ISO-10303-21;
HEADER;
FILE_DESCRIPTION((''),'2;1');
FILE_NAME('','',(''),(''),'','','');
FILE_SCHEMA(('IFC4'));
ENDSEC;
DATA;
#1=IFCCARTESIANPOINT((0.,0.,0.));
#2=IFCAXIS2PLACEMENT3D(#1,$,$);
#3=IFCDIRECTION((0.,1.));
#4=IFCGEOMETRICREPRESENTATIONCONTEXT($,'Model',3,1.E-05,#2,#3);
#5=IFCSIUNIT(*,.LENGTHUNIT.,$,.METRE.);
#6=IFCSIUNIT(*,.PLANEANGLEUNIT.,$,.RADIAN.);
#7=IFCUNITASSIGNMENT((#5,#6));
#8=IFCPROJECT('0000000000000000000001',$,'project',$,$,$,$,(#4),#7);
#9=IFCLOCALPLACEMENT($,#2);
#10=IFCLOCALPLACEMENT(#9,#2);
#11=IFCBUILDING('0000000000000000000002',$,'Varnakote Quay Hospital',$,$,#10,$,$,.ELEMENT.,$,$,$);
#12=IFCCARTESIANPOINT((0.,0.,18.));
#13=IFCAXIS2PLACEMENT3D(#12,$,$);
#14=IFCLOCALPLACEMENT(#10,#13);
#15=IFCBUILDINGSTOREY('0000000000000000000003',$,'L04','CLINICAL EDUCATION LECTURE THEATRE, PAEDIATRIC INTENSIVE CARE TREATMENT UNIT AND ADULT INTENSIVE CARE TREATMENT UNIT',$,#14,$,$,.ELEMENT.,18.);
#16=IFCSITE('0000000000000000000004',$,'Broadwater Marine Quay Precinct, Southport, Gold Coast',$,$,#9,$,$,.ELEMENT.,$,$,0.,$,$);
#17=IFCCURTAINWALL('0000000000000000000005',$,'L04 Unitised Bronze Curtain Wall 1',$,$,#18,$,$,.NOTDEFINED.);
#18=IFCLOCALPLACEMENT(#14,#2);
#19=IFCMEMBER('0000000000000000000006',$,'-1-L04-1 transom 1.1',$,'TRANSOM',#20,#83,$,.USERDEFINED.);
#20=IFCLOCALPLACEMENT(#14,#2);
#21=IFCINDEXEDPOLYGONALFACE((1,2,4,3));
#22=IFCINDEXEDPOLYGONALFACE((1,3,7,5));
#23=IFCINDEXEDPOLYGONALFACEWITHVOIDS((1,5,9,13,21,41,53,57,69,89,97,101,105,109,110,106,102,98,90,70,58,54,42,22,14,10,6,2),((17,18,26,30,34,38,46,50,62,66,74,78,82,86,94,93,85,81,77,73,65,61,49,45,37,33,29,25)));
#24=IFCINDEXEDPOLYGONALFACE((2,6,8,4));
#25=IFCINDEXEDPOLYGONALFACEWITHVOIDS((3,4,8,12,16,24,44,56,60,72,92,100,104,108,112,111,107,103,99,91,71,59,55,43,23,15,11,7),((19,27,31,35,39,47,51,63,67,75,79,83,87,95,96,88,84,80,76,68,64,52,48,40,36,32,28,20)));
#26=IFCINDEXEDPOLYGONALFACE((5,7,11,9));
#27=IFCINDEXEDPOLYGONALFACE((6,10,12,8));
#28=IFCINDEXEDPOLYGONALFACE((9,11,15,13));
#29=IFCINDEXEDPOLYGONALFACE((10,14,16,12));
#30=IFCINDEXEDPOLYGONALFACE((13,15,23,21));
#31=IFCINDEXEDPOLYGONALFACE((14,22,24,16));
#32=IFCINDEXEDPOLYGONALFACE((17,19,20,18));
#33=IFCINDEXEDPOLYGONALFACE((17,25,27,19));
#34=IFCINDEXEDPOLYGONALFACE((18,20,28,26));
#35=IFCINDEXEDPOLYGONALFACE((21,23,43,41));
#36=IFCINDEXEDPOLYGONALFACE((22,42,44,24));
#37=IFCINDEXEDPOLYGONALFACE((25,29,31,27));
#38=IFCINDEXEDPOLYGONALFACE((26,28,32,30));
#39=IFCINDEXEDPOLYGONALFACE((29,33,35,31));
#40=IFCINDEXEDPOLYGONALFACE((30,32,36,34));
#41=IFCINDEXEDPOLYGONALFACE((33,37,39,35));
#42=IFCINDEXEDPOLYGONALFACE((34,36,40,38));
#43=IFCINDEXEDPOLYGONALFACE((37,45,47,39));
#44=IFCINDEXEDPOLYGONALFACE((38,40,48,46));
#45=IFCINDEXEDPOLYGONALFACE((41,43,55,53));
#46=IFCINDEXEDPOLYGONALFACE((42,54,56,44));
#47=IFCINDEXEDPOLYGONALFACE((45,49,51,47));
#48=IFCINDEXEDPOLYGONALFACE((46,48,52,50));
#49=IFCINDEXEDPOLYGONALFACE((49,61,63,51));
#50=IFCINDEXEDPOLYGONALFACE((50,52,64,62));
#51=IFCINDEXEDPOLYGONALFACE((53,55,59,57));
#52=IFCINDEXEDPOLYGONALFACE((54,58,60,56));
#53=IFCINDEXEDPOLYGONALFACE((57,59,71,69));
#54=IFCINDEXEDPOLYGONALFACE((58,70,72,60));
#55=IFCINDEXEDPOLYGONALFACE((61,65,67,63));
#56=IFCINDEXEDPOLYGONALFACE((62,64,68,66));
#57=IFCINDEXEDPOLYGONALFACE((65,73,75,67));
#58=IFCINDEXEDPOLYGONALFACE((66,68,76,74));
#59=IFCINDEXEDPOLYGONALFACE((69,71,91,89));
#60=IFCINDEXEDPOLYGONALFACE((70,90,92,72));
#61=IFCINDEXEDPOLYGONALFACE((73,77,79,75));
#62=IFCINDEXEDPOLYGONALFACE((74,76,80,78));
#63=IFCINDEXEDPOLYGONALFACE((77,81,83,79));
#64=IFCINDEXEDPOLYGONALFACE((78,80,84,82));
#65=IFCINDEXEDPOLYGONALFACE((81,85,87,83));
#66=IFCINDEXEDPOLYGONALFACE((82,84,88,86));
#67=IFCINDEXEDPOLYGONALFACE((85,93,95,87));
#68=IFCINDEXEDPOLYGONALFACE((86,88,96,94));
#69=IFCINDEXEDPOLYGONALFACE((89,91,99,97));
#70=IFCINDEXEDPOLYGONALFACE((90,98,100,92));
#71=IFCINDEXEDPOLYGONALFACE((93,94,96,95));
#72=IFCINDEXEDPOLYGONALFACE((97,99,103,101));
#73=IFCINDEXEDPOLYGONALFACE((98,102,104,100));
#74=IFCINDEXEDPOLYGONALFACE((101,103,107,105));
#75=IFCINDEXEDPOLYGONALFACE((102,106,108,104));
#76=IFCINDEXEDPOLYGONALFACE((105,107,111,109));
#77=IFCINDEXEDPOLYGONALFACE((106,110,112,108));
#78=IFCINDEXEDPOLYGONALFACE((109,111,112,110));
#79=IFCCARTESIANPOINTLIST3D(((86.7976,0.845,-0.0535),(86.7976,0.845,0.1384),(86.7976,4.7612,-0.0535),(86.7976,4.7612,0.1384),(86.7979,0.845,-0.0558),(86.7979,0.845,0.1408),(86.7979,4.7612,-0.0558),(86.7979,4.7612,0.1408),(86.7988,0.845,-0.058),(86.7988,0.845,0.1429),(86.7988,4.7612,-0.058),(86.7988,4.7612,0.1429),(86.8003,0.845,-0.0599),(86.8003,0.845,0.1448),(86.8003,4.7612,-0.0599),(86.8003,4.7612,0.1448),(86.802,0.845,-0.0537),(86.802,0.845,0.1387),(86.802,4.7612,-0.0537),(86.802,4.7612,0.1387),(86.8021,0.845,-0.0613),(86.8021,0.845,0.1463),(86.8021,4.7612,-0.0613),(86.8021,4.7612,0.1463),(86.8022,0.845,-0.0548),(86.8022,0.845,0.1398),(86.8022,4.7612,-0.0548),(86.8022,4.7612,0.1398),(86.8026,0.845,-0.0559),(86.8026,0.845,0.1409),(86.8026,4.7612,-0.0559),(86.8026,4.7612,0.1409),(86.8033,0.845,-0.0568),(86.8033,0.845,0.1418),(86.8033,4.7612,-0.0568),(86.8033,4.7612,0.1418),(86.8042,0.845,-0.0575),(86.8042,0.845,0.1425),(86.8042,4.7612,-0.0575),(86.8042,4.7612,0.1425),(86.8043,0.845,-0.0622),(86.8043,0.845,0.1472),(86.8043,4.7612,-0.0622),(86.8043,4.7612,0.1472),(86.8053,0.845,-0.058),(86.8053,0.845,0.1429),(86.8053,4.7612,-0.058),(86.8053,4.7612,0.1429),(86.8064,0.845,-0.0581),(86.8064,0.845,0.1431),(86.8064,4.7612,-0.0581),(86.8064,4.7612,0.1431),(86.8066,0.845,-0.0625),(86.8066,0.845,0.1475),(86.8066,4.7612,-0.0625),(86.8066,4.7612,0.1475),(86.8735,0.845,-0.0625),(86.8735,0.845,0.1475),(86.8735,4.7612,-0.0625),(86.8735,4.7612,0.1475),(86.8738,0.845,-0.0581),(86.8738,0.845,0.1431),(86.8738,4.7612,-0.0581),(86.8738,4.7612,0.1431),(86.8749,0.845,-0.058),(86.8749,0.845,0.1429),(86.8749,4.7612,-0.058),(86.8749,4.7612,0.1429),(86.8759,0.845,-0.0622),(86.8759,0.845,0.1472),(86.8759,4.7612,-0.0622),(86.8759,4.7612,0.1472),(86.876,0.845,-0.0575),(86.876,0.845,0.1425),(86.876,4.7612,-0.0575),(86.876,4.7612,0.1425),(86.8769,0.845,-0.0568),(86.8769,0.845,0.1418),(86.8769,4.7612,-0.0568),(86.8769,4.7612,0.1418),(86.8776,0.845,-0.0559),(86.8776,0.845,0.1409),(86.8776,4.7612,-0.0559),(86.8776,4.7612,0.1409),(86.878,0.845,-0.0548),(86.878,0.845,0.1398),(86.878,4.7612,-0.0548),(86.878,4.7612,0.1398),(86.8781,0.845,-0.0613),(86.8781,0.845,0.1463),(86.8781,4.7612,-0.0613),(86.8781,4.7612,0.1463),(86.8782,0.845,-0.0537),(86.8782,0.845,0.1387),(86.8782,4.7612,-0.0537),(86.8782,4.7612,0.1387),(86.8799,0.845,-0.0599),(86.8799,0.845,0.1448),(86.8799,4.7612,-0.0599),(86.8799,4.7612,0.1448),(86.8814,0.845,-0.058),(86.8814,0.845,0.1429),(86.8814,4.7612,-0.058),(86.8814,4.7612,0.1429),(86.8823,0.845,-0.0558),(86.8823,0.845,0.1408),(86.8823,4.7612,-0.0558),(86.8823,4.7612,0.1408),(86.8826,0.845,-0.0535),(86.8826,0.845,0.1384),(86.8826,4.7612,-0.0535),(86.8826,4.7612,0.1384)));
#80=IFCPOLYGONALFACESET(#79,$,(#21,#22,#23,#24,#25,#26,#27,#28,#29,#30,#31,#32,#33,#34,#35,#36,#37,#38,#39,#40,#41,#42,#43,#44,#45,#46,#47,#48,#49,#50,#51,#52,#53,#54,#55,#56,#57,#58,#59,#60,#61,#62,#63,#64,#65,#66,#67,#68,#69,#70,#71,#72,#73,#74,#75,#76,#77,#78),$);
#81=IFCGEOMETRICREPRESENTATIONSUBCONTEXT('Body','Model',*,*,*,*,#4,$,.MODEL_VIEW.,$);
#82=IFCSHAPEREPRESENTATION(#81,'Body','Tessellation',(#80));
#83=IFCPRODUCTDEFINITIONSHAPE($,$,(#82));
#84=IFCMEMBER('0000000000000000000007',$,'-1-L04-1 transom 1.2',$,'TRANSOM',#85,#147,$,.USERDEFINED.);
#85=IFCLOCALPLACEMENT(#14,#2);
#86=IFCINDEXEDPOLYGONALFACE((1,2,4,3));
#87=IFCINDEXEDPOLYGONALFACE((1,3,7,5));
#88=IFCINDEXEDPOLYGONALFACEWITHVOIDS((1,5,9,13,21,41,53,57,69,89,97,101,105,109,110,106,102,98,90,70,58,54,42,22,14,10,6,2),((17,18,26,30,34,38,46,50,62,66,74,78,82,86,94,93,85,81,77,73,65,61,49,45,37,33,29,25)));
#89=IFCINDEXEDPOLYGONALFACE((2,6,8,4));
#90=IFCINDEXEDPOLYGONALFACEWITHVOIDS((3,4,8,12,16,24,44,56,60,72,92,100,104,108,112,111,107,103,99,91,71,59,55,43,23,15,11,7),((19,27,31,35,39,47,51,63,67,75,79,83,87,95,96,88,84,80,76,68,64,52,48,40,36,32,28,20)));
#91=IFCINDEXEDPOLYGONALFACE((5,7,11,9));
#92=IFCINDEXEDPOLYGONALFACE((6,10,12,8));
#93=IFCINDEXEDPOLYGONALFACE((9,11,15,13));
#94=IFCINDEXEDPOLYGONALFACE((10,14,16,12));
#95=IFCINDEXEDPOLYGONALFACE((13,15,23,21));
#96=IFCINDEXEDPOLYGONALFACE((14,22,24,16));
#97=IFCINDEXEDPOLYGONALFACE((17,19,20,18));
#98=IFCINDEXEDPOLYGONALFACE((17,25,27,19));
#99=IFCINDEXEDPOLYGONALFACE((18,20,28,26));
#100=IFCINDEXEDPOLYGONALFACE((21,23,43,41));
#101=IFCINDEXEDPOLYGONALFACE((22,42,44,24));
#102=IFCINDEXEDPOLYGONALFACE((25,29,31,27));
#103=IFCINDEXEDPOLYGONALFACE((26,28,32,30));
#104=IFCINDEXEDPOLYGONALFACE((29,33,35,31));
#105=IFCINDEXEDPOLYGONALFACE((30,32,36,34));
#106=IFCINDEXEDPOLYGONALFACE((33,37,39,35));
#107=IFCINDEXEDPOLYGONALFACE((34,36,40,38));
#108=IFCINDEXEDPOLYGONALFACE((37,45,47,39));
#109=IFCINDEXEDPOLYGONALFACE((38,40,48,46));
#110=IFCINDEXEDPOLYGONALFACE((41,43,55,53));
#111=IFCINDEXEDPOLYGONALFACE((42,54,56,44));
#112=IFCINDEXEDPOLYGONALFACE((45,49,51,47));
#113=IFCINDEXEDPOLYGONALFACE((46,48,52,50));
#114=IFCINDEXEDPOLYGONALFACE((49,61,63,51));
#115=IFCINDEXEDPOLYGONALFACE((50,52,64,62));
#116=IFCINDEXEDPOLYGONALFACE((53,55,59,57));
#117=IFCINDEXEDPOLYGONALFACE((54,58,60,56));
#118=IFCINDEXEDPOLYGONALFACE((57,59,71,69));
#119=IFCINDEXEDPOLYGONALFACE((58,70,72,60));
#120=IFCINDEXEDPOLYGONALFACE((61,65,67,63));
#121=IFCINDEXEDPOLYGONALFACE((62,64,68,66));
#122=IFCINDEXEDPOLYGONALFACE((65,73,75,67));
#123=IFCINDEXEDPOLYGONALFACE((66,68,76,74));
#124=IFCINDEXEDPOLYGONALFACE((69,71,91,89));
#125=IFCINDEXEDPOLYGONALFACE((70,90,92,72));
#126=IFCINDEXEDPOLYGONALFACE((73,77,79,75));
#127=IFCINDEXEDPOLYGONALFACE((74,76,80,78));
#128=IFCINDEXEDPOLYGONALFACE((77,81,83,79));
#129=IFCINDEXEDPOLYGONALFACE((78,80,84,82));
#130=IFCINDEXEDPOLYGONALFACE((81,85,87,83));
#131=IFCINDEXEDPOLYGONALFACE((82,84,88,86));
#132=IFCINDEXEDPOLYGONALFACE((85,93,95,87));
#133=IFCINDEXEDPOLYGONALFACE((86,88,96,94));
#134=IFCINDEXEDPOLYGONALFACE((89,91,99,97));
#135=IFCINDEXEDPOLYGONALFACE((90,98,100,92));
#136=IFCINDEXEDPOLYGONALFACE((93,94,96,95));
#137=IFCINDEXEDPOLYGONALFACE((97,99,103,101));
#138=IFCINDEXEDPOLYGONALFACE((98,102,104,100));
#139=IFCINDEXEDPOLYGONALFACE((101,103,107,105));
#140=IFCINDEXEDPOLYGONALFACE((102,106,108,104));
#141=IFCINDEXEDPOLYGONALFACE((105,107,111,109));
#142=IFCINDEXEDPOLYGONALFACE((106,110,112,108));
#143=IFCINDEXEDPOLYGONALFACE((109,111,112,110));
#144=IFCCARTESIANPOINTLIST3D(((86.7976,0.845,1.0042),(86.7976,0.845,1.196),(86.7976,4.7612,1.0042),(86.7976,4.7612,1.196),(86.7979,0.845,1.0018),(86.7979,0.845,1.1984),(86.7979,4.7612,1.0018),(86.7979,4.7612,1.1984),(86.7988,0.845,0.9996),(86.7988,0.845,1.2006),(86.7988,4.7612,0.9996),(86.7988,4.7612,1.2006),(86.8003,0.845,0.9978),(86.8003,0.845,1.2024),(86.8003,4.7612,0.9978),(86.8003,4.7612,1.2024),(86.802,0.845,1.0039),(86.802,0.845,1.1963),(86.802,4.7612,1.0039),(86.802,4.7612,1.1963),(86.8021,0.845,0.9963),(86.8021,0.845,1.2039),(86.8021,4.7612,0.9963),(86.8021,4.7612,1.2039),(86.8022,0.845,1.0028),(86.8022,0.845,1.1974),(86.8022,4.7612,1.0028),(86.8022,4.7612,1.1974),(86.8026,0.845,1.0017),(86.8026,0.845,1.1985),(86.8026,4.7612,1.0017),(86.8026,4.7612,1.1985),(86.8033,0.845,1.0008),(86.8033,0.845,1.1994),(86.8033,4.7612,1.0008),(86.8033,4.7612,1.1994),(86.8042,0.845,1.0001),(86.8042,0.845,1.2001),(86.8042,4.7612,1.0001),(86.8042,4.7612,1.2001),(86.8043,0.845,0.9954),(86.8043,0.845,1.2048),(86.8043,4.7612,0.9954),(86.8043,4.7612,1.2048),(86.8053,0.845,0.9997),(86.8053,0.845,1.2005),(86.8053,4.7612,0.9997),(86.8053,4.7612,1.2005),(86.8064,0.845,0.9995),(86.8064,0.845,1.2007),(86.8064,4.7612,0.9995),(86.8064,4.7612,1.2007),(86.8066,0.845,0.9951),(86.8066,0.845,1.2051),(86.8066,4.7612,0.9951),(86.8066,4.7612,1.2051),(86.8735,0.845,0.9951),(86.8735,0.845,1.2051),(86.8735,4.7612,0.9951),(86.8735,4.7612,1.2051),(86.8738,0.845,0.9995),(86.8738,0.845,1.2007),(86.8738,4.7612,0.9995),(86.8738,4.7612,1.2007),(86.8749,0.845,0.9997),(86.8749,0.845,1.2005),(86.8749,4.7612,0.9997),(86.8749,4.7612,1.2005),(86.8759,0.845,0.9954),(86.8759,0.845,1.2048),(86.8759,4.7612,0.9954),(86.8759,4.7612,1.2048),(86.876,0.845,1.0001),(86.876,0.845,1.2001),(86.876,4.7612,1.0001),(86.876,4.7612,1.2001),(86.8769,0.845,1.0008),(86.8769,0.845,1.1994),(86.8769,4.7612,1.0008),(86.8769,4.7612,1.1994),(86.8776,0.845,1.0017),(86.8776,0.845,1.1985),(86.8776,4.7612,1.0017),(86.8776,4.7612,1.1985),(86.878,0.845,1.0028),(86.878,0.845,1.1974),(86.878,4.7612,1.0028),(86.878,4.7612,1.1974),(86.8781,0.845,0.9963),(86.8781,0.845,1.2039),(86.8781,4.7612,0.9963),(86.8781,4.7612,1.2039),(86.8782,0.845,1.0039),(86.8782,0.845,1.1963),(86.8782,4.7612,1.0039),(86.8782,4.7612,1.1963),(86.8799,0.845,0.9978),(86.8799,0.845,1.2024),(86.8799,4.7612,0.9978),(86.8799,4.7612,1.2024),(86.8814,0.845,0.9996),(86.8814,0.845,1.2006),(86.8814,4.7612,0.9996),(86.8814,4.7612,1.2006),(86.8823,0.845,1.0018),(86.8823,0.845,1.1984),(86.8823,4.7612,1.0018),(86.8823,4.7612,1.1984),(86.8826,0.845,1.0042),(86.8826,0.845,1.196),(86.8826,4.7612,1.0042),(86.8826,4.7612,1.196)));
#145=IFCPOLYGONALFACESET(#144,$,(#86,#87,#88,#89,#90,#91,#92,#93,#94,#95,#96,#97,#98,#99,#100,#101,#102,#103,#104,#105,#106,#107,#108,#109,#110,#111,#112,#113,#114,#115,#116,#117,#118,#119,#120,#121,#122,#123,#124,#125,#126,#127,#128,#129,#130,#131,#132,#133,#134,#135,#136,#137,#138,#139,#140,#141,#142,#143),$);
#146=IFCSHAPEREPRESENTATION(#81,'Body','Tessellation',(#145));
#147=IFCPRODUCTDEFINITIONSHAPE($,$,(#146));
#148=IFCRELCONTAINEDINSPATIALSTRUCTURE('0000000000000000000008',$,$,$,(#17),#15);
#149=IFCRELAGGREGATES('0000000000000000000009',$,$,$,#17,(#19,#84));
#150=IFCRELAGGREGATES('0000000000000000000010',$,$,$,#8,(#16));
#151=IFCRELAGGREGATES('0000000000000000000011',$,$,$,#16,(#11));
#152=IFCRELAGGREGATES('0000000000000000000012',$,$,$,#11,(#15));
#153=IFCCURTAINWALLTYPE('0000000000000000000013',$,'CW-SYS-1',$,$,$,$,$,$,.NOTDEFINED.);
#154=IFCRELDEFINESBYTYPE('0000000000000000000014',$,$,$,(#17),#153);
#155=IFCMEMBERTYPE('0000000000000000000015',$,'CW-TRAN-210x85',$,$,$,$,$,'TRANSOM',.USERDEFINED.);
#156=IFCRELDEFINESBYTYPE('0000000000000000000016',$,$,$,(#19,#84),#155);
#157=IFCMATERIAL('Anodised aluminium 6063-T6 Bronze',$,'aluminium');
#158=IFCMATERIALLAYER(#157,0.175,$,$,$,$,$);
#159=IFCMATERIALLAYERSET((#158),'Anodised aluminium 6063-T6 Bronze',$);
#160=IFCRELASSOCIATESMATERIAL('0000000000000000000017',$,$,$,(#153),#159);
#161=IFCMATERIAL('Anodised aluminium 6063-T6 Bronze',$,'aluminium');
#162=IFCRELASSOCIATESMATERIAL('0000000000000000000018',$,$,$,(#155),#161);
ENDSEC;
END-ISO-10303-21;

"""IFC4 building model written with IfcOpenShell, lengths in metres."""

from ifc_helpers import new_model, si_unit, direction, frame, origin, origin_2d, place, context, subcontext, project, spatial, hollow_rectangle, extrude, material, layer, layer_set, material_profile, profile_set, type_object, element, aggregate, save


model = new_model("IFC4")

# Units and contexts
model_context = context("Model", 3, precision=1e-05, world=origin(), true_north=direction((0.0, 1.0)))
body_context = subcontext(model_context, "Body", "Model", "MODEL_VIEW")
ifc_project = project(units=[si_unit("LENGTHUNIT", "METRE"), si_unit("PLANEANGLEUNIT", "RADIAN")], contexts=[model_context])

# Site, building, storey
site_placement = place(None, origin())
site = spatial("IfcSite", under=ifc_project, at=site_placement, Name="Broadwater Marine Quay Precinct, Southport, Gold Coast", CompositionType="ELEMENT", RefElevation=0.0)
building_placement = place(site_placement, origin())
building = spatial("IfcBuilding", under=site, at=building_placement, Name="Varnakote Quay Hospital", CompositionType="ELEMENT")
storey_placement = place(building_placement, frame((0.0, 0.0, 18.0)))
storey = spatial("IfcBuildingStorey", under=building, at=storey_placement, Name="L04", Description="CLINICAL EDUCATION LECTURE THEATRE, PAEDIATRIC INTENSIVE CARE TREATMENT UNIT AND ADULT INTENSIVE CARE TREATMENT UNIT", CompositionType="ELEMENT", Elevation=18.0)

# Curtain wall, members
ifc_material_1 = material(Name="Anodised aluminium 6063-T6 Bronze", Category="aluminium")
ifc_layer_1 = layer(ifc_material_1, 0.175)
ifc_layer_set_1 = layer_set([ifc_layer_1], Name="Anodised aluminium 6063-T6 Bronze")
curtain_wall_type = type_object("IfcCurtainWallType", Name="CW-SYS-1", PredefinedType="NOTDEFINED", material=ifc_layer_set_1)
curtain_wall_placement = place(storey_placement, origin())
curtain_wall = element("IfcCurtainWall", 1, at=curtain_wall_placement, inside=storey, type_object=curtain_wall_type, Name="L04 Unitised Bronze Curtain Wall 1", PredefinedType="NOTDEFINED")
ifc_material_2 = material(Name="Anodised aluminium 6063-T6 Bronze", Category="aluminium")
ifc_material_profile_1 = material_profile(ifc_material_2, hollow_rectangle(XDim=0.085, YDim=0.21, WallThickness=0.0044, InnerFilletRadius=0.0044, OuterFilletRadius=0.009, at=origin_2d()), Name="CW-TRAN-210x85")
ifc_profile_set_1 = profile_set([ifc_material_profile_1], Name="Anodised aluminium 6063-T6 Bronze")
member_type_1 = type_object("IfcMemberType", Name="CW-TRAN-210x85", ElementType="TRANSOM", PredefinedType="USERDEFINED", material=ifc_profile_set_1)
member_1_placement = place(storey_placement, frame((86.8401, 0.845, 0.0425), z_axis=(0.0, 1.0, 0.0), x_axis=(-1.0, 0.0, 0.0)))
member_1 = element("IfcMember", 2, at=member_1_placement, type_object=member_type_1, Name="-1-L04-1 transom 1.1", ObjectType="TRANSOM", PredefinedType="USERDEFINED", context=body_context, shape_type="SweptSolid", body=[
    extrude(hollow_rectangle(XDim=0.085, YDim=0.21, WallThickness=0.0044, InnerFilletRadius=0.0044, OuterFilletRadius=0.009, at=origin_2d()), origin(), (0.0, 0.0, 1.0), 3.9163),
])
member_2_placement = place(storey_placement, frame((86.8401, 0.845, 1.1001), z_axis=(0.0, 1.0, 0.0), x_axis=(-1.0, 0.0, 0.0)))
member_2 = element("IfcMember", 3, at=member_2_placement, type_object=member_type_1, Name="-1-L04-1 transom 1.2", ObjectType="TRANSOM", PredefinedType="USERDEFINED", context=body_context, shape_type="SweptSolid", body=[
    extrude(hollow_rectangle(XDim=0.085, YDim=0.21, WallThickness=0.0044, InnerFilletRadius=0.0044, OuterFilletRadius=0.009, at=origin_2d()), origin(), (0.0, 0.0, 1.0), 3.9163),
])
aggregate(curtain_wall, [member_1, member_2])

save(model, "model.ifc")
